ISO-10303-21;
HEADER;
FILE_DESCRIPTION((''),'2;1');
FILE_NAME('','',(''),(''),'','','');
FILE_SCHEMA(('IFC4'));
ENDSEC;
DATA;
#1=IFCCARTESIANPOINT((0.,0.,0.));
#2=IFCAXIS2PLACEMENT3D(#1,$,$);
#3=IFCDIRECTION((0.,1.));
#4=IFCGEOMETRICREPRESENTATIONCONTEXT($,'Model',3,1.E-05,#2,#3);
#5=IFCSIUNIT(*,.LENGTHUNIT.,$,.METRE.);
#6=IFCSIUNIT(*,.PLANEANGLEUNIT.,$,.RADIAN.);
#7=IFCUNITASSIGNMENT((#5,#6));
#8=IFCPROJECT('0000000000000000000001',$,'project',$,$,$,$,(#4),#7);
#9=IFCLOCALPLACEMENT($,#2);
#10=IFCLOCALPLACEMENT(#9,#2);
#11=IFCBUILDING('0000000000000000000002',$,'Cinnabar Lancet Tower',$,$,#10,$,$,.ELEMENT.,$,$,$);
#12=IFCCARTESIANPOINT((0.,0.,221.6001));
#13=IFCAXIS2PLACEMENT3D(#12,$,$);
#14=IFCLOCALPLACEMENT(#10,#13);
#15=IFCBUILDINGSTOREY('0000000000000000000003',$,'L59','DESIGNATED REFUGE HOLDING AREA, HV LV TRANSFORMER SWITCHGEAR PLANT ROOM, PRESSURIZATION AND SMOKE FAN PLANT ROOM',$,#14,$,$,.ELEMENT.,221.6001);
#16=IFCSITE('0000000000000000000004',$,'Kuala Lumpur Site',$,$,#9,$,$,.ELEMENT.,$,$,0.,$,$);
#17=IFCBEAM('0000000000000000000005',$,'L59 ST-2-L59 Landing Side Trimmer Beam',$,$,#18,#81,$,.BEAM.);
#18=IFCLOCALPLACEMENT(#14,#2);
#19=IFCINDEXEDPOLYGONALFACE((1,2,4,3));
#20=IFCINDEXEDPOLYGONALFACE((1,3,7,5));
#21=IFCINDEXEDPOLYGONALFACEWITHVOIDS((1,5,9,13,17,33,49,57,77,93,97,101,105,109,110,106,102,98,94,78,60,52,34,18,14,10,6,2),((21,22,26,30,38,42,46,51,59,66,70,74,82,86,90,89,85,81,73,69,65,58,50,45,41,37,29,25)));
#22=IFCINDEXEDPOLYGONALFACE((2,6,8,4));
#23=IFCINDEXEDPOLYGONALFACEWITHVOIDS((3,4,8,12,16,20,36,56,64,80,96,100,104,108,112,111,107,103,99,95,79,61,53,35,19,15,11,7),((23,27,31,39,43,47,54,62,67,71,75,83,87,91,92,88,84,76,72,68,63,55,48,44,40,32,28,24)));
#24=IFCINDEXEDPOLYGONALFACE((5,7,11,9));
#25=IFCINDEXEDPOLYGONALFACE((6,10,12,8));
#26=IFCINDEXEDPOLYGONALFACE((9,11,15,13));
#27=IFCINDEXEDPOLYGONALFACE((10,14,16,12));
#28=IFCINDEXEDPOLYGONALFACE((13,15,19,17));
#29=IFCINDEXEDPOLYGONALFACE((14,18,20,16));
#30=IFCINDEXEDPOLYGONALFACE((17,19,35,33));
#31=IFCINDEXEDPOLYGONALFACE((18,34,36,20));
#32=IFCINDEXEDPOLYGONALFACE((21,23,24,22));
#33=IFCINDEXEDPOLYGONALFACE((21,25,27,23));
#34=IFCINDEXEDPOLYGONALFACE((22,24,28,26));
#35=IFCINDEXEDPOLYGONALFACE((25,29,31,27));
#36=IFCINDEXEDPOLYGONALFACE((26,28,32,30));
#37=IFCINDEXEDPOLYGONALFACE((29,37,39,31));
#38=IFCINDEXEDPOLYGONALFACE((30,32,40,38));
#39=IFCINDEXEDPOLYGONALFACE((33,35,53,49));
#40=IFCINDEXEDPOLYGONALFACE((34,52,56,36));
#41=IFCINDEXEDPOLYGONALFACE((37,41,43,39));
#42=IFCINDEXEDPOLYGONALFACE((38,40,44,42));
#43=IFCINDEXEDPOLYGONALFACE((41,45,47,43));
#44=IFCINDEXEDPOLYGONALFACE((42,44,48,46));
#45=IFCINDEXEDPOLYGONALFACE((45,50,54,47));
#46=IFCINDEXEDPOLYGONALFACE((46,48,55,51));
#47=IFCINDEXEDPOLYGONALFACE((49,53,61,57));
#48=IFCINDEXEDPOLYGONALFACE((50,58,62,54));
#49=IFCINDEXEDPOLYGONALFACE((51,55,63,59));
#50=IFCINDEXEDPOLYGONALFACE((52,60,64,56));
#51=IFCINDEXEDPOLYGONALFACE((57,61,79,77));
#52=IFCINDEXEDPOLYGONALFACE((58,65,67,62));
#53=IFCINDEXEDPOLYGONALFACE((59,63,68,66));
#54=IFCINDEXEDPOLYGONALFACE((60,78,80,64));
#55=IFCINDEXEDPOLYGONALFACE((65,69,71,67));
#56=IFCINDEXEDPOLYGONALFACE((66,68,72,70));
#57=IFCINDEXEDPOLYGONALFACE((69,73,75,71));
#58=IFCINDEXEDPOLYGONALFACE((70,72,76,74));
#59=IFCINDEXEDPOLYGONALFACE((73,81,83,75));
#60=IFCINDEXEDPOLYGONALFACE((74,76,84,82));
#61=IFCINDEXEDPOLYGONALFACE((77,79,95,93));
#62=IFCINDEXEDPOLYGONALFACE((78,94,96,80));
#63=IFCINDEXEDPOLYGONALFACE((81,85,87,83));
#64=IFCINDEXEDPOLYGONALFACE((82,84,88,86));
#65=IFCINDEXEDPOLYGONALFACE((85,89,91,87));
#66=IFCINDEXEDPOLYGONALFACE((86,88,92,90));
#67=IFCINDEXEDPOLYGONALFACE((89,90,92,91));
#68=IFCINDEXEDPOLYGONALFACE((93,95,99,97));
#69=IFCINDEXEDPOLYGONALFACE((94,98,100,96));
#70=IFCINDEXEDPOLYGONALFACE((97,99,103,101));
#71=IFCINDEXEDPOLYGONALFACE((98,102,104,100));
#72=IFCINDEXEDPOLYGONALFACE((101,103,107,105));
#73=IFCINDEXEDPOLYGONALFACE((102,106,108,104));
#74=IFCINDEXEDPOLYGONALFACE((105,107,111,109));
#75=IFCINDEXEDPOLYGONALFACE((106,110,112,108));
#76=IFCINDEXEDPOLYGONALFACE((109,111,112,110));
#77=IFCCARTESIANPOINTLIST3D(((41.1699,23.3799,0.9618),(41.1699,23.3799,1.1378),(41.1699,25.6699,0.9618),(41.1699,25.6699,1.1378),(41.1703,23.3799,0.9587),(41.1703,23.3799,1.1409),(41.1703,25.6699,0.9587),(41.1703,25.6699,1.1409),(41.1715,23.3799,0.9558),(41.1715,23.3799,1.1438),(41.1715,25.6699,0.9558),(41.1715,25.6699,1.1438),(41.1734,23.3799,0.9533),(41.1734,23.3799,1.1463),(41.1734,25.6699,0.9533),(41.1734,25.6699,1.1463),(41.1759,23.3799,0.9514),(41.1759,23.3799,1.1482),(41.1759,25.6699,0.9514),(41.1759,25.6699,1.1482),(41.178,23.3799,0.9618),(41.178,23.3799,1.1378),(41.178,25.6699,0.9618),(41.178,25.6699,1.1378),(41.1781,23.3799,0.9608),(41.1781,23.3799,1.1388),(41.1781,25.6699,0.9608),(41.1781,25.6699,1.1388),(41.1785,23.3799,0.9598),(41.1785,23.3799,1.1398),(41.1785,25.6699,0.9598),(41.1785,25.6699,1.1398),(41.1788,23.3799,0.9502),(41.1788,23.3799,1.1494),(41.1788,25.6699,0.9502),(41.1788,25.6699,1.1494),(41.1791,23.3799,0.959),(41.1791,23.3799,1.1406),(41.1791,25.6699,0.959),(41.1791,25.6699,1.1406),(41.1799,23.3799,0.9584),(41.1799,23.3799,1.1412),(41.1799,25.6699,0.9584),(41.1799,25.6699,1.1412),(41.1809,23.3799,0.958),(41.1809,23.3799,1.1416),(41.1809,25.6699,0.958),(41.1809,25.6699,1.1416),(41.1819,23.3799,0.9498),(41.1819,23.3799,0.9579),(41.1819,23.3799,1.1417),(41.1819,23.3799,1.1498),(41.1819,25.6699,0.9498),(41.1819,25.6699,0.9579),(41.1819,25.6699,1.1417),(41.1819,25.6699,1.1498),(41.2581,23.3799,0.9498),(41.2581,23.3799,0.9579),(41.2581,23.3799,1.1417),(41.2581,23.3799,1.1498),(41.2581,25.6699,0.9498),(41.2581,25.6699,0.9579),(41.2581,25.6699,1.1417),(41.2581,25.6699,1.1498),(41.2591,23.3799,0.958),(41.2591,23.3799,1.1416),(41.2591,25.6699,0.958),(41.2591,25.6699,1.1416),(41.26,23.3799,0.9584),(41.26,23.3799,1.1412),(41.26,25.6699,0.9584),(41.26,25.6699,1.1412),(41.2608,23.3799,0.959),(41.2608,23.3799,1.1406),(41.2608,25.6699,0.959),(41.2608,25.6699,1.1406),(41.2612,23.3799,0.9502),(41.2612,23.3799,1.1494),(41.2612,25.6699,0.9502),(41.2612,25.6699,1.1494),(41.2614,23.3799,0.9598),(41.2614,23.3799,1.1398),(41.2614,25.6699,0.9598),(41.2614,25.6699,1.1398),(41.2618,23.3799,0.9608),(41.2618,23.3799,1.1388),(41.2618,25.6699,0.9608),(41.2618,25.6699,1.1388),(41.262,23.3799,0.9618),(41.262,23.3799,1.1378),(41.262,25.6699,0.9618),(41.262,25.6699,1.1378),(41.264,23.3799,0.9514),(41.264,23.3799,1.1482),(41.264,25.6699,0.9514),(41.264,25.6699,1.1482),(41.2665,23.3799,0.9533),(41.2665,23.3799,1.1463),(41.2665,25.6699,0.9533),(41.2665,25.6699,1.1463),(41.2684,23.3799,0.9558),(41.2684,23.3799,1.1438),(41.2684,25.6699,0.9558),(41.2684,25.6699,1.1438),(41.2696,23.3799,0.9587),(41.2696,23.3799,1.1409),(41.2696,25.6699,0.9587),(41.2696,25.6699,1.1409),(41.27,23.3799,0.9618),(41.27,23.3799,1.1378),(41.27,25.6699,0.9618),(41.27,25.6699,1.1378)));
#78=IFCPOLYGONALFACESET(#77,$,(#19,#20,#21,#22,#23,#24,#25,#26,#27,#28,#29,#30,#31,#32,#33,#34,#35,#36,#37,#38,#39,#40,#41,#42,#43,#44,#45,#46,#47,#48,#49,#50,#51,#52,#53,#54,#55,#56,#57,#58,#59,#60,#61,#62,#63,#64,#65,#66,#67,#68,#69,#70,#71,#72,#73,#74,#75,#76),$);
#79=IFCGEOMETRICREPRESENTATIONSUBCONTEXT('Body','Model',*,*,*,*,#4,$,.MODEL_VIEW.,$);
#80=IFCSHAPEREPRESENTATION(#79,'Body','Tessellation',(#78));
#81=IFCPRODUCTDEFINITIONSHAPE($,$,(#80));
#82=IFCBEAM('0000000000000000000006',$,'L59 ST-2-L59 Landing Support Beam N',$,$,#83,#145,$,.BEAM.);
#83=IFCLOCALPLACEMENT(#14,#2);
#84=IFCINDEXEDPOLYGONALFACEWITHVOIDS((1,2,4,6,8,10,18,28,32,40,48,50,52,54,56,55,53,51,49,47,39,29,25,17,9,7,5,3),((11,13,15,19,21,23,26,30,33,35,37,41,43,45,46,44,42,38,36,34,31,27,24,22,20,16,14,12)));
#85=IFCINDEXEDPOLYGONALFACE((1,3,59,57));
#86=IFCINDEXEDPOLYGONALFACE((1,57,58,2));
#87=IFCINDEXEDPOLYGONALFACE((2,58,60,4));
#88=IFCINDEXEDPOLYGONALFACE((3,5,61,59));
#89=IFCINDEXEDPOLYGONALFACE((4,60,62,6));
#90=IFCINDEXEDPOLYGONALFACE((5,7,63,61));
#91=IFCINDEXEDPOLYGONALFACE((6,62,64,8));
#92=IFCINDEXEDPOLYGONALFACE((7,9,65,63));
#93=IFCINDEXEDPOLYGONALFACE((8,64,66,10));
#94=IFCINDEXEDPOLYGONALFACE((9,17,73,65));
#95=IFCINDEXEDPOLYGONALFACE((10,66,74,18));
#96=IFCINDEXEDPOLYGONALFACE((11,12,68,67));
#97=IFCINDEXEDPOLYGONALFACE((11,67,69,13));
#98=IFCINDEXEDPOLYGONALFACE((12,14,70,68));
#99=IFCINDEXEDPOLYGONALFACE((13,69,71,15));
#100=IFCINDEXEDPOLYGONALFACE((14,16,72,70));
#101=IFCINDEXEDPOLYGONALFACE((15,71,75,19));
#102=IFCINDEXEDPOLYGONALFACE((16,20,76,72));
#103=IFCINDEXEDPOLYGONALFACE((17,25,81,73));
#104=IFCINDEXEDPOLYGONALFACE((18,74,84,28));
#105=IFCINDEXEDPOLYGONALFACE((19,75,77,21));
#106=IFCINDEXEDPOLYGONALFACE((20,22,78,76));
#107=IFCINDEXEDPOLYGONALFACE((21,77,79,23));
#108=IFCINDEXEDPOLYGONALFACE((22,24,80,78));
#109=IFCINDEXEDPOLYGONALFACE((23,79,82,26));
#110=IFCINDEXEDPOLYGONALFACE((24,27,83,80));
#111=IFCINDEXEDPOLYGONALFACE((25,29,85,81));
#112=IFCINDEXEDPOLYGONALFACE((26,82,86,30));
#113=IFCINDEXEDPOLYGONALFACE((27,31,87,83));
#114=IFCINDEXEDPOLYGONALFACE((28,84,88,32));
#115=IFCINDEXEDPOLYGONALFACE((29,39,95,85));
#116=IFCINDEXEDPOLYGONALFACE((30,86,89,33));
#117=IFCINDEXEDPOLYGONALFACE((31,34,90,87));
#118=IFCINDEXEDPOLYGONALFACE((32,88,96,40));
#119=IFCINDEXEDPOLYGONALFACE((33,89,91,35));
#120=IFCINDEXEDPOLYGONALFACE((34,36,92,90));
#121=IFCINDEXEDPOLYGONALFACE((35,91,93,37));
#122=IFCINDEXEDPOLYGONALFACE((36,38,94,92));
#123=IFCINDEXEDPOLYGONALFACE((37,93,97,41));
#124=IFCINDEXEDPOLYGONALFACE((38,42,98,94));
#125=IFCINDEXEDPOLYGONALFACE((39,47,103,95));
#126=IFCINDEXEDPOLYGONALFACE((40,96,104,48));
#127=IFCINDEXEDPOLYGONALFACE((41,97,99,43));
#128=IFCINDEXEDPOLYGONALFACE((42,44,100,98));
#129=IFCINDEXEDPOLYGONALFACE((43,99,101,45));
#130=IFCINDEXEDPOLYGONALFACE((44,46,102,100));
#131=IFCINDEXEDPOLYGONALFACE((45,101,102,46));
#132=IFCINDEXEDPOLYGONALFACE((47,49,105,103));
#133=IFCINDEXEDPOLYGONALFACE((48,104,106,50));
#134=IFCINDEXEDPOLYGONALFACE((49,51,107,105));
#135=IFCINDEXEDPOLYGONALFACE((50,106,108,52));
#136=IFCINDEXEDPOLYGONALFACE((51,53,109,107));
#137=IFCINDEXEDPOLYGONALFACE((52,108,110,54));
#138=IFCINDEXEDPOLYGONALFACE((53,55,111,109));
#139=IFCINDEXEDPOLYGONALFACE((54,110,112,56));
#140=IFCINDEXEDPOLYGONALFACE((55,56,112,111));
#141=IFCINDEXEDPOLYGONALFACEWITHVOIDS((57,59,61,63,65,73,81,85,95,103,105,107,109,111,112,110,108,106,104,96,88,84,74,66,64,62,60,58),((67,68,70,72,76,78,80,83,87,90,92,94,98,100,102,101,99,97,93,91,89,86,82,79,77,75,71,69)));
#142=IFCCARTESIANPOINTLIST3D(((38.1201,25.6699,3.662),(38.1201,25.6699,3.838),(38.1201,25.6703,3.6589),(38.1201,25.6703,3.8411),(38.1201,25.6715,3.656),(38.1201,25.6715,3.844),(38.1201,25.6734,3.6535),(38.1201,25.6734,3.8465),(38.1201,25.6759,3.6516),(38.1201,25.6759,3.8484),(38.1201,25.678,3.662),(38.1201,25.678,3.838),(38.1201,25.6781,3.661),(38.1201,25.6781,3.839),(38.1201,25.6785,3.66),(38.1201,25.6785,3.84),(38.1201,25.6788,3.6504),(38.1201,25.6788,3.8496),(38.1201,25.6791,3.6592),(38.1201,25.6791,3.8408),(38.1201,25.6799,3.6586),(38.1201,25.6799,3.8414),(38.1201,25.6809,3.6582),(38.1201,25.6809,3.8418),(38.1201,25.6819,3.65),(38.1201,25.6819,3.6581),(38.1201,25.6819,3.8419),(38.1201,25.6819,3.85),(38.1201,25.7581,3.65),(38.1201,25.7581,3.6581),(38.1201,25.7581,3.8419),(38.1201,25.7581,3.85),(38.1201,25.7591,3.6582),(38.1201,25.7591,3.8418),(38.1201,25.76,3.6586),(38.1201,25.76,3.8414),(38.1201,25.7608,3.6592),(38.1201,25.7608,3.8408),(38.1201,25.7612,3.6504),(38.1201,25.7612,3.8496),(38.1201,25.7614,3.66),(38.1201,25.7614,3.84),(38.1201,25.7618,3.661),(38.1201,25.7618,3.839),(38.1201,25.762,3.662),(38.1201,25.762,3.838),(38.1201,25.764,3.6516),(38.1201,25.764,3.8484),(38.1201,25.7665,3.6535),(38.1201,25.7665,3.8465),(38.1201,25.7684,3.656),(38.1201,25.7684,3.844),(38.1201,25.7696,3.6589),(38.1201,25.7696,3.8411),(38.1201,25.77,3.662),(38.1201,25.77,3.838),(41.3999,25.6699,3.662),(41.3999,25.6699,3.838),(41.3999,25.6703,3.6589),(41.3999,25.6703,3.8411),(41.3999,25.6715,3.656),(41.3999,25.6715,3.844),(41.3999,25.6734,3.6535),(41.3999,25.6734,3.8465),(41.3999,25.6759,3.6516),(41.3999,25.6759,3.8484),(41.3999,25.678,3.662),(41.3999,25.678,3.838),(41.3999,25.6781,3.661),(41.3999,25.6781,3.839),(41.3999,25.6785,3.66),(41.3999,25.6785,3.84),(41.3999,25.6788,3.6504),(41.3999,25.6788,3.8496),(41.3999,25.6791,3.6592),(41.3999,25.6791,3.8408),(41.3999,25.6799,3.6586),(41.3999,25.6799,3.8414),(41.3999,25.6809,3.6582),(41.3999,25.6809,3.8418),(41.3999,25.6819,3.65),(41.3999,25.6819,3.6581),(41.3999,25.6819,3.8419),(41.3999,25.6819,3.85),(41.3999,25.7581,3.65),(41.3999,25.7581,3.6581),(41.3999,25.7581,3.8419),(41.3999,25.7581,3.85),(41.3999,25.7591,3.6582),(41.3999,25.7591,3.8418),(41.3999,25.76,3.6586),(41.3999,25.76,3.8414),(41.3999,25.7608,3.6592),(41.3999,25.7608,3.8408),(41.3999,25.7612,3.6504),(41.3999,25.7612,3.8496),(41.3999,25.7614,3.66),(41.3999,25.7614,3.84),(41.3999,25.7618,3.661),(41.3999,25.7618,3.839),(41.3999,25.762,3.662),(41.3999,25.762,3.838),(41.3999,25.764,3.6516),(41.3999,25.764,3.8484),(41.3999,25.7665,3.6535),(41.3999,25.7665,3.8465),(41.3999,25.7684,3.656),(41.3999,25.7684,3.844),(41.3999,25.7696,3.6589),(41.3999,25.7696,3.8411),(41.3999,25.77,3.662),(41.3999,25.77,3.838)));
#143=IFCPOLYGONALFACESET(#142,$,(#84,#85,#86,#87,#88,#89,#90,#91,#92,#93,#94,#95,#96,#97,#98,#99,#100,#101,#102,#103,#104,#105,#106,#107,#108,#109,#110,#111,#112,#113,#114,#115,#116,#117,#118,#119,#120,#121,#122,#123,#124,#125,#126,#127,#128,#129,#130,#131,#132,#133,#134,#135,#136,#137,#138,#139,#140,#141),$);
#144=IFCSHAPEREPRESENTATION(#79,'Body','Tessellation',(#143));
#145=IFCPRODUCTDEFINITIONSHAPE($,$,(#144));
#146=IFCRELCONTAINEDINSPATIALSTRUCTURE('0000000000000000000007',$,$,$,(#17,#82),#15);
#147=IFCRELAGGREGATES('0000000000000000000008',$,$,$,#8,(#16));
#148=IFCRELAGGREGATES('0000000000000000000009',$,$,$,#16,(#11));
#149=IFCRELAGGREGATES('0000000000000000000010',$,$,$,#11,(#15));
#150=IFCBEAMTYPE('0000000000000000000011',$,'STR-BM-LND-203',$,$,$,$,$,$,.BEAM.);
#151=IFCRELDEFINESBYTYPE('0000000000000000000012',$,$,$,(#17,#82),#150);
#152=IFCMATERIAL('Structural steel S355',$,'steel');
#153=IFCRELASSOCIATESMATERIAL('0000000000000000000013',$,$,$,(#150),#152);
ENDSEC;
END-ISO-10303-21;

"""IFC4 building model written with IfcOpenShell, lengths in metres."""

from ifc_helpers import new_model, si_unit, direction, frame, origin, origin_2d, place, context, subcontext, project, spatial, hollow_rectangle, extrude, material, material_profile, profile_set, type_object, element, save


model = new_model("IFC4")

# Units and contexts
model_context = context("Model", 3, precision=1e-05, world=origin(), true_north=direction((0.0, 1.0)))
body_context = subcontext(model_context, "Body", "Model", "MODEL_VIEW")
ifc_project = project(units=[si_unit("LENGTHUNIT", "METRE"), si_unit("PLANEANGLEUNIT", "RADIAN")], contexts=[model_context])

# Site, building, storey
site_placement = place(None, origin())
site = spatial("IfcSite", under=ifc_project, at=site_placement, Name="Kuala Lumpur Site", CompositionType="ELEMENT", RefElevation=0.0)
building_placement = place(site_placement, origin())
building = spatial("IfcBuilding", under=site, at=building_placement, Name="Cinnabar Lancet Tower", CompositionType="ELEMENT")
storey_placement = place(building_placement, frame((0.0, 0.0, 221.6001)))
storey = spatial("IfcBuildingStorey", under=building, at=storey_placement, Name="L59", Description="DESIGNATED REFUGE HOLDING AREA, HV LV TRANSFORMER SWITCHGEAR PLANT ROOM, PRESSURIZATION AND SMOKE FAN PLANT ROOM", CompositionType="ELEMENT", Elevation=221.6001)

# Beams
ifc_material_1 = material(Name="Structural steel S355", Category="steel")
ifc_material_profile_1 = material_profile(ifc_material_1, hollow_rectangle(XDim=0.1001, YDim=0.2, WallThickness=0.0081, InnerFilletRadius=0.0039, OuterFilletRadius=0.012, at=origin_2d()), Name="RHS 200x100x8")
ifc_profile_set_1 = profile_set([ifc_material_profile_1], Name="Structural steel S355")
beam_type_1 = type_object("IfcBeamType", Name="STR-BM-LND-203", PredefinedType="BEAM", material=ifc_profile_set_1)
beam_1_placement = place(storey_placement, frame((41.22, 23.3799, 1.0498), z_axis=(0.0, 1.0, 0.0), x_axis=(-1.0, 0.0, 0.0)))
element("IfcBeam", 1, at=beam_1_placement, inside=storey, type_object=beam_type_1, Name="L59 ST-2-L59 Landing Side Trimmer Beam", PredefinedType="BEAM", context=body_context, shape_type="SweptSolid", body=[
    extrude(hollow_rectangle(XDim=0.1001, YDim=0.2, WallThickness=0.0081, InnerFilletRadius=0.0039, OuterFilletRadius=0.012, at=origin_2d()), origin(), (0.0, 0.0, 1.0), 2.29),
])
beam_2_placement = place(storey_placement, frame((38.1201, 25.72, 3.75), z_axis=(1.0, 0.0, 0.0), x_axis=(0.0, 1.0, 0.0)))
element("IfcBeam", 2, at=beam_2_placement, inside=storey, type_object=beam_type_1, Name="L59 ST-2-L59 Landing Support Beam N", PredefinedType="BEAM", context=body_context, shape_type="SweptSolid", body=[
    extrude(hollow_rectangle(XDim=0.1001, YDim=0.2, WallThickness=0.0081, InnerFilletRadius=0.0039, OuterFilletRadius=0.012, at=origin_2d()), origin(), (0.0, 0.0, 1.0), 3.2798),
])

save(model, "model.ifc")
